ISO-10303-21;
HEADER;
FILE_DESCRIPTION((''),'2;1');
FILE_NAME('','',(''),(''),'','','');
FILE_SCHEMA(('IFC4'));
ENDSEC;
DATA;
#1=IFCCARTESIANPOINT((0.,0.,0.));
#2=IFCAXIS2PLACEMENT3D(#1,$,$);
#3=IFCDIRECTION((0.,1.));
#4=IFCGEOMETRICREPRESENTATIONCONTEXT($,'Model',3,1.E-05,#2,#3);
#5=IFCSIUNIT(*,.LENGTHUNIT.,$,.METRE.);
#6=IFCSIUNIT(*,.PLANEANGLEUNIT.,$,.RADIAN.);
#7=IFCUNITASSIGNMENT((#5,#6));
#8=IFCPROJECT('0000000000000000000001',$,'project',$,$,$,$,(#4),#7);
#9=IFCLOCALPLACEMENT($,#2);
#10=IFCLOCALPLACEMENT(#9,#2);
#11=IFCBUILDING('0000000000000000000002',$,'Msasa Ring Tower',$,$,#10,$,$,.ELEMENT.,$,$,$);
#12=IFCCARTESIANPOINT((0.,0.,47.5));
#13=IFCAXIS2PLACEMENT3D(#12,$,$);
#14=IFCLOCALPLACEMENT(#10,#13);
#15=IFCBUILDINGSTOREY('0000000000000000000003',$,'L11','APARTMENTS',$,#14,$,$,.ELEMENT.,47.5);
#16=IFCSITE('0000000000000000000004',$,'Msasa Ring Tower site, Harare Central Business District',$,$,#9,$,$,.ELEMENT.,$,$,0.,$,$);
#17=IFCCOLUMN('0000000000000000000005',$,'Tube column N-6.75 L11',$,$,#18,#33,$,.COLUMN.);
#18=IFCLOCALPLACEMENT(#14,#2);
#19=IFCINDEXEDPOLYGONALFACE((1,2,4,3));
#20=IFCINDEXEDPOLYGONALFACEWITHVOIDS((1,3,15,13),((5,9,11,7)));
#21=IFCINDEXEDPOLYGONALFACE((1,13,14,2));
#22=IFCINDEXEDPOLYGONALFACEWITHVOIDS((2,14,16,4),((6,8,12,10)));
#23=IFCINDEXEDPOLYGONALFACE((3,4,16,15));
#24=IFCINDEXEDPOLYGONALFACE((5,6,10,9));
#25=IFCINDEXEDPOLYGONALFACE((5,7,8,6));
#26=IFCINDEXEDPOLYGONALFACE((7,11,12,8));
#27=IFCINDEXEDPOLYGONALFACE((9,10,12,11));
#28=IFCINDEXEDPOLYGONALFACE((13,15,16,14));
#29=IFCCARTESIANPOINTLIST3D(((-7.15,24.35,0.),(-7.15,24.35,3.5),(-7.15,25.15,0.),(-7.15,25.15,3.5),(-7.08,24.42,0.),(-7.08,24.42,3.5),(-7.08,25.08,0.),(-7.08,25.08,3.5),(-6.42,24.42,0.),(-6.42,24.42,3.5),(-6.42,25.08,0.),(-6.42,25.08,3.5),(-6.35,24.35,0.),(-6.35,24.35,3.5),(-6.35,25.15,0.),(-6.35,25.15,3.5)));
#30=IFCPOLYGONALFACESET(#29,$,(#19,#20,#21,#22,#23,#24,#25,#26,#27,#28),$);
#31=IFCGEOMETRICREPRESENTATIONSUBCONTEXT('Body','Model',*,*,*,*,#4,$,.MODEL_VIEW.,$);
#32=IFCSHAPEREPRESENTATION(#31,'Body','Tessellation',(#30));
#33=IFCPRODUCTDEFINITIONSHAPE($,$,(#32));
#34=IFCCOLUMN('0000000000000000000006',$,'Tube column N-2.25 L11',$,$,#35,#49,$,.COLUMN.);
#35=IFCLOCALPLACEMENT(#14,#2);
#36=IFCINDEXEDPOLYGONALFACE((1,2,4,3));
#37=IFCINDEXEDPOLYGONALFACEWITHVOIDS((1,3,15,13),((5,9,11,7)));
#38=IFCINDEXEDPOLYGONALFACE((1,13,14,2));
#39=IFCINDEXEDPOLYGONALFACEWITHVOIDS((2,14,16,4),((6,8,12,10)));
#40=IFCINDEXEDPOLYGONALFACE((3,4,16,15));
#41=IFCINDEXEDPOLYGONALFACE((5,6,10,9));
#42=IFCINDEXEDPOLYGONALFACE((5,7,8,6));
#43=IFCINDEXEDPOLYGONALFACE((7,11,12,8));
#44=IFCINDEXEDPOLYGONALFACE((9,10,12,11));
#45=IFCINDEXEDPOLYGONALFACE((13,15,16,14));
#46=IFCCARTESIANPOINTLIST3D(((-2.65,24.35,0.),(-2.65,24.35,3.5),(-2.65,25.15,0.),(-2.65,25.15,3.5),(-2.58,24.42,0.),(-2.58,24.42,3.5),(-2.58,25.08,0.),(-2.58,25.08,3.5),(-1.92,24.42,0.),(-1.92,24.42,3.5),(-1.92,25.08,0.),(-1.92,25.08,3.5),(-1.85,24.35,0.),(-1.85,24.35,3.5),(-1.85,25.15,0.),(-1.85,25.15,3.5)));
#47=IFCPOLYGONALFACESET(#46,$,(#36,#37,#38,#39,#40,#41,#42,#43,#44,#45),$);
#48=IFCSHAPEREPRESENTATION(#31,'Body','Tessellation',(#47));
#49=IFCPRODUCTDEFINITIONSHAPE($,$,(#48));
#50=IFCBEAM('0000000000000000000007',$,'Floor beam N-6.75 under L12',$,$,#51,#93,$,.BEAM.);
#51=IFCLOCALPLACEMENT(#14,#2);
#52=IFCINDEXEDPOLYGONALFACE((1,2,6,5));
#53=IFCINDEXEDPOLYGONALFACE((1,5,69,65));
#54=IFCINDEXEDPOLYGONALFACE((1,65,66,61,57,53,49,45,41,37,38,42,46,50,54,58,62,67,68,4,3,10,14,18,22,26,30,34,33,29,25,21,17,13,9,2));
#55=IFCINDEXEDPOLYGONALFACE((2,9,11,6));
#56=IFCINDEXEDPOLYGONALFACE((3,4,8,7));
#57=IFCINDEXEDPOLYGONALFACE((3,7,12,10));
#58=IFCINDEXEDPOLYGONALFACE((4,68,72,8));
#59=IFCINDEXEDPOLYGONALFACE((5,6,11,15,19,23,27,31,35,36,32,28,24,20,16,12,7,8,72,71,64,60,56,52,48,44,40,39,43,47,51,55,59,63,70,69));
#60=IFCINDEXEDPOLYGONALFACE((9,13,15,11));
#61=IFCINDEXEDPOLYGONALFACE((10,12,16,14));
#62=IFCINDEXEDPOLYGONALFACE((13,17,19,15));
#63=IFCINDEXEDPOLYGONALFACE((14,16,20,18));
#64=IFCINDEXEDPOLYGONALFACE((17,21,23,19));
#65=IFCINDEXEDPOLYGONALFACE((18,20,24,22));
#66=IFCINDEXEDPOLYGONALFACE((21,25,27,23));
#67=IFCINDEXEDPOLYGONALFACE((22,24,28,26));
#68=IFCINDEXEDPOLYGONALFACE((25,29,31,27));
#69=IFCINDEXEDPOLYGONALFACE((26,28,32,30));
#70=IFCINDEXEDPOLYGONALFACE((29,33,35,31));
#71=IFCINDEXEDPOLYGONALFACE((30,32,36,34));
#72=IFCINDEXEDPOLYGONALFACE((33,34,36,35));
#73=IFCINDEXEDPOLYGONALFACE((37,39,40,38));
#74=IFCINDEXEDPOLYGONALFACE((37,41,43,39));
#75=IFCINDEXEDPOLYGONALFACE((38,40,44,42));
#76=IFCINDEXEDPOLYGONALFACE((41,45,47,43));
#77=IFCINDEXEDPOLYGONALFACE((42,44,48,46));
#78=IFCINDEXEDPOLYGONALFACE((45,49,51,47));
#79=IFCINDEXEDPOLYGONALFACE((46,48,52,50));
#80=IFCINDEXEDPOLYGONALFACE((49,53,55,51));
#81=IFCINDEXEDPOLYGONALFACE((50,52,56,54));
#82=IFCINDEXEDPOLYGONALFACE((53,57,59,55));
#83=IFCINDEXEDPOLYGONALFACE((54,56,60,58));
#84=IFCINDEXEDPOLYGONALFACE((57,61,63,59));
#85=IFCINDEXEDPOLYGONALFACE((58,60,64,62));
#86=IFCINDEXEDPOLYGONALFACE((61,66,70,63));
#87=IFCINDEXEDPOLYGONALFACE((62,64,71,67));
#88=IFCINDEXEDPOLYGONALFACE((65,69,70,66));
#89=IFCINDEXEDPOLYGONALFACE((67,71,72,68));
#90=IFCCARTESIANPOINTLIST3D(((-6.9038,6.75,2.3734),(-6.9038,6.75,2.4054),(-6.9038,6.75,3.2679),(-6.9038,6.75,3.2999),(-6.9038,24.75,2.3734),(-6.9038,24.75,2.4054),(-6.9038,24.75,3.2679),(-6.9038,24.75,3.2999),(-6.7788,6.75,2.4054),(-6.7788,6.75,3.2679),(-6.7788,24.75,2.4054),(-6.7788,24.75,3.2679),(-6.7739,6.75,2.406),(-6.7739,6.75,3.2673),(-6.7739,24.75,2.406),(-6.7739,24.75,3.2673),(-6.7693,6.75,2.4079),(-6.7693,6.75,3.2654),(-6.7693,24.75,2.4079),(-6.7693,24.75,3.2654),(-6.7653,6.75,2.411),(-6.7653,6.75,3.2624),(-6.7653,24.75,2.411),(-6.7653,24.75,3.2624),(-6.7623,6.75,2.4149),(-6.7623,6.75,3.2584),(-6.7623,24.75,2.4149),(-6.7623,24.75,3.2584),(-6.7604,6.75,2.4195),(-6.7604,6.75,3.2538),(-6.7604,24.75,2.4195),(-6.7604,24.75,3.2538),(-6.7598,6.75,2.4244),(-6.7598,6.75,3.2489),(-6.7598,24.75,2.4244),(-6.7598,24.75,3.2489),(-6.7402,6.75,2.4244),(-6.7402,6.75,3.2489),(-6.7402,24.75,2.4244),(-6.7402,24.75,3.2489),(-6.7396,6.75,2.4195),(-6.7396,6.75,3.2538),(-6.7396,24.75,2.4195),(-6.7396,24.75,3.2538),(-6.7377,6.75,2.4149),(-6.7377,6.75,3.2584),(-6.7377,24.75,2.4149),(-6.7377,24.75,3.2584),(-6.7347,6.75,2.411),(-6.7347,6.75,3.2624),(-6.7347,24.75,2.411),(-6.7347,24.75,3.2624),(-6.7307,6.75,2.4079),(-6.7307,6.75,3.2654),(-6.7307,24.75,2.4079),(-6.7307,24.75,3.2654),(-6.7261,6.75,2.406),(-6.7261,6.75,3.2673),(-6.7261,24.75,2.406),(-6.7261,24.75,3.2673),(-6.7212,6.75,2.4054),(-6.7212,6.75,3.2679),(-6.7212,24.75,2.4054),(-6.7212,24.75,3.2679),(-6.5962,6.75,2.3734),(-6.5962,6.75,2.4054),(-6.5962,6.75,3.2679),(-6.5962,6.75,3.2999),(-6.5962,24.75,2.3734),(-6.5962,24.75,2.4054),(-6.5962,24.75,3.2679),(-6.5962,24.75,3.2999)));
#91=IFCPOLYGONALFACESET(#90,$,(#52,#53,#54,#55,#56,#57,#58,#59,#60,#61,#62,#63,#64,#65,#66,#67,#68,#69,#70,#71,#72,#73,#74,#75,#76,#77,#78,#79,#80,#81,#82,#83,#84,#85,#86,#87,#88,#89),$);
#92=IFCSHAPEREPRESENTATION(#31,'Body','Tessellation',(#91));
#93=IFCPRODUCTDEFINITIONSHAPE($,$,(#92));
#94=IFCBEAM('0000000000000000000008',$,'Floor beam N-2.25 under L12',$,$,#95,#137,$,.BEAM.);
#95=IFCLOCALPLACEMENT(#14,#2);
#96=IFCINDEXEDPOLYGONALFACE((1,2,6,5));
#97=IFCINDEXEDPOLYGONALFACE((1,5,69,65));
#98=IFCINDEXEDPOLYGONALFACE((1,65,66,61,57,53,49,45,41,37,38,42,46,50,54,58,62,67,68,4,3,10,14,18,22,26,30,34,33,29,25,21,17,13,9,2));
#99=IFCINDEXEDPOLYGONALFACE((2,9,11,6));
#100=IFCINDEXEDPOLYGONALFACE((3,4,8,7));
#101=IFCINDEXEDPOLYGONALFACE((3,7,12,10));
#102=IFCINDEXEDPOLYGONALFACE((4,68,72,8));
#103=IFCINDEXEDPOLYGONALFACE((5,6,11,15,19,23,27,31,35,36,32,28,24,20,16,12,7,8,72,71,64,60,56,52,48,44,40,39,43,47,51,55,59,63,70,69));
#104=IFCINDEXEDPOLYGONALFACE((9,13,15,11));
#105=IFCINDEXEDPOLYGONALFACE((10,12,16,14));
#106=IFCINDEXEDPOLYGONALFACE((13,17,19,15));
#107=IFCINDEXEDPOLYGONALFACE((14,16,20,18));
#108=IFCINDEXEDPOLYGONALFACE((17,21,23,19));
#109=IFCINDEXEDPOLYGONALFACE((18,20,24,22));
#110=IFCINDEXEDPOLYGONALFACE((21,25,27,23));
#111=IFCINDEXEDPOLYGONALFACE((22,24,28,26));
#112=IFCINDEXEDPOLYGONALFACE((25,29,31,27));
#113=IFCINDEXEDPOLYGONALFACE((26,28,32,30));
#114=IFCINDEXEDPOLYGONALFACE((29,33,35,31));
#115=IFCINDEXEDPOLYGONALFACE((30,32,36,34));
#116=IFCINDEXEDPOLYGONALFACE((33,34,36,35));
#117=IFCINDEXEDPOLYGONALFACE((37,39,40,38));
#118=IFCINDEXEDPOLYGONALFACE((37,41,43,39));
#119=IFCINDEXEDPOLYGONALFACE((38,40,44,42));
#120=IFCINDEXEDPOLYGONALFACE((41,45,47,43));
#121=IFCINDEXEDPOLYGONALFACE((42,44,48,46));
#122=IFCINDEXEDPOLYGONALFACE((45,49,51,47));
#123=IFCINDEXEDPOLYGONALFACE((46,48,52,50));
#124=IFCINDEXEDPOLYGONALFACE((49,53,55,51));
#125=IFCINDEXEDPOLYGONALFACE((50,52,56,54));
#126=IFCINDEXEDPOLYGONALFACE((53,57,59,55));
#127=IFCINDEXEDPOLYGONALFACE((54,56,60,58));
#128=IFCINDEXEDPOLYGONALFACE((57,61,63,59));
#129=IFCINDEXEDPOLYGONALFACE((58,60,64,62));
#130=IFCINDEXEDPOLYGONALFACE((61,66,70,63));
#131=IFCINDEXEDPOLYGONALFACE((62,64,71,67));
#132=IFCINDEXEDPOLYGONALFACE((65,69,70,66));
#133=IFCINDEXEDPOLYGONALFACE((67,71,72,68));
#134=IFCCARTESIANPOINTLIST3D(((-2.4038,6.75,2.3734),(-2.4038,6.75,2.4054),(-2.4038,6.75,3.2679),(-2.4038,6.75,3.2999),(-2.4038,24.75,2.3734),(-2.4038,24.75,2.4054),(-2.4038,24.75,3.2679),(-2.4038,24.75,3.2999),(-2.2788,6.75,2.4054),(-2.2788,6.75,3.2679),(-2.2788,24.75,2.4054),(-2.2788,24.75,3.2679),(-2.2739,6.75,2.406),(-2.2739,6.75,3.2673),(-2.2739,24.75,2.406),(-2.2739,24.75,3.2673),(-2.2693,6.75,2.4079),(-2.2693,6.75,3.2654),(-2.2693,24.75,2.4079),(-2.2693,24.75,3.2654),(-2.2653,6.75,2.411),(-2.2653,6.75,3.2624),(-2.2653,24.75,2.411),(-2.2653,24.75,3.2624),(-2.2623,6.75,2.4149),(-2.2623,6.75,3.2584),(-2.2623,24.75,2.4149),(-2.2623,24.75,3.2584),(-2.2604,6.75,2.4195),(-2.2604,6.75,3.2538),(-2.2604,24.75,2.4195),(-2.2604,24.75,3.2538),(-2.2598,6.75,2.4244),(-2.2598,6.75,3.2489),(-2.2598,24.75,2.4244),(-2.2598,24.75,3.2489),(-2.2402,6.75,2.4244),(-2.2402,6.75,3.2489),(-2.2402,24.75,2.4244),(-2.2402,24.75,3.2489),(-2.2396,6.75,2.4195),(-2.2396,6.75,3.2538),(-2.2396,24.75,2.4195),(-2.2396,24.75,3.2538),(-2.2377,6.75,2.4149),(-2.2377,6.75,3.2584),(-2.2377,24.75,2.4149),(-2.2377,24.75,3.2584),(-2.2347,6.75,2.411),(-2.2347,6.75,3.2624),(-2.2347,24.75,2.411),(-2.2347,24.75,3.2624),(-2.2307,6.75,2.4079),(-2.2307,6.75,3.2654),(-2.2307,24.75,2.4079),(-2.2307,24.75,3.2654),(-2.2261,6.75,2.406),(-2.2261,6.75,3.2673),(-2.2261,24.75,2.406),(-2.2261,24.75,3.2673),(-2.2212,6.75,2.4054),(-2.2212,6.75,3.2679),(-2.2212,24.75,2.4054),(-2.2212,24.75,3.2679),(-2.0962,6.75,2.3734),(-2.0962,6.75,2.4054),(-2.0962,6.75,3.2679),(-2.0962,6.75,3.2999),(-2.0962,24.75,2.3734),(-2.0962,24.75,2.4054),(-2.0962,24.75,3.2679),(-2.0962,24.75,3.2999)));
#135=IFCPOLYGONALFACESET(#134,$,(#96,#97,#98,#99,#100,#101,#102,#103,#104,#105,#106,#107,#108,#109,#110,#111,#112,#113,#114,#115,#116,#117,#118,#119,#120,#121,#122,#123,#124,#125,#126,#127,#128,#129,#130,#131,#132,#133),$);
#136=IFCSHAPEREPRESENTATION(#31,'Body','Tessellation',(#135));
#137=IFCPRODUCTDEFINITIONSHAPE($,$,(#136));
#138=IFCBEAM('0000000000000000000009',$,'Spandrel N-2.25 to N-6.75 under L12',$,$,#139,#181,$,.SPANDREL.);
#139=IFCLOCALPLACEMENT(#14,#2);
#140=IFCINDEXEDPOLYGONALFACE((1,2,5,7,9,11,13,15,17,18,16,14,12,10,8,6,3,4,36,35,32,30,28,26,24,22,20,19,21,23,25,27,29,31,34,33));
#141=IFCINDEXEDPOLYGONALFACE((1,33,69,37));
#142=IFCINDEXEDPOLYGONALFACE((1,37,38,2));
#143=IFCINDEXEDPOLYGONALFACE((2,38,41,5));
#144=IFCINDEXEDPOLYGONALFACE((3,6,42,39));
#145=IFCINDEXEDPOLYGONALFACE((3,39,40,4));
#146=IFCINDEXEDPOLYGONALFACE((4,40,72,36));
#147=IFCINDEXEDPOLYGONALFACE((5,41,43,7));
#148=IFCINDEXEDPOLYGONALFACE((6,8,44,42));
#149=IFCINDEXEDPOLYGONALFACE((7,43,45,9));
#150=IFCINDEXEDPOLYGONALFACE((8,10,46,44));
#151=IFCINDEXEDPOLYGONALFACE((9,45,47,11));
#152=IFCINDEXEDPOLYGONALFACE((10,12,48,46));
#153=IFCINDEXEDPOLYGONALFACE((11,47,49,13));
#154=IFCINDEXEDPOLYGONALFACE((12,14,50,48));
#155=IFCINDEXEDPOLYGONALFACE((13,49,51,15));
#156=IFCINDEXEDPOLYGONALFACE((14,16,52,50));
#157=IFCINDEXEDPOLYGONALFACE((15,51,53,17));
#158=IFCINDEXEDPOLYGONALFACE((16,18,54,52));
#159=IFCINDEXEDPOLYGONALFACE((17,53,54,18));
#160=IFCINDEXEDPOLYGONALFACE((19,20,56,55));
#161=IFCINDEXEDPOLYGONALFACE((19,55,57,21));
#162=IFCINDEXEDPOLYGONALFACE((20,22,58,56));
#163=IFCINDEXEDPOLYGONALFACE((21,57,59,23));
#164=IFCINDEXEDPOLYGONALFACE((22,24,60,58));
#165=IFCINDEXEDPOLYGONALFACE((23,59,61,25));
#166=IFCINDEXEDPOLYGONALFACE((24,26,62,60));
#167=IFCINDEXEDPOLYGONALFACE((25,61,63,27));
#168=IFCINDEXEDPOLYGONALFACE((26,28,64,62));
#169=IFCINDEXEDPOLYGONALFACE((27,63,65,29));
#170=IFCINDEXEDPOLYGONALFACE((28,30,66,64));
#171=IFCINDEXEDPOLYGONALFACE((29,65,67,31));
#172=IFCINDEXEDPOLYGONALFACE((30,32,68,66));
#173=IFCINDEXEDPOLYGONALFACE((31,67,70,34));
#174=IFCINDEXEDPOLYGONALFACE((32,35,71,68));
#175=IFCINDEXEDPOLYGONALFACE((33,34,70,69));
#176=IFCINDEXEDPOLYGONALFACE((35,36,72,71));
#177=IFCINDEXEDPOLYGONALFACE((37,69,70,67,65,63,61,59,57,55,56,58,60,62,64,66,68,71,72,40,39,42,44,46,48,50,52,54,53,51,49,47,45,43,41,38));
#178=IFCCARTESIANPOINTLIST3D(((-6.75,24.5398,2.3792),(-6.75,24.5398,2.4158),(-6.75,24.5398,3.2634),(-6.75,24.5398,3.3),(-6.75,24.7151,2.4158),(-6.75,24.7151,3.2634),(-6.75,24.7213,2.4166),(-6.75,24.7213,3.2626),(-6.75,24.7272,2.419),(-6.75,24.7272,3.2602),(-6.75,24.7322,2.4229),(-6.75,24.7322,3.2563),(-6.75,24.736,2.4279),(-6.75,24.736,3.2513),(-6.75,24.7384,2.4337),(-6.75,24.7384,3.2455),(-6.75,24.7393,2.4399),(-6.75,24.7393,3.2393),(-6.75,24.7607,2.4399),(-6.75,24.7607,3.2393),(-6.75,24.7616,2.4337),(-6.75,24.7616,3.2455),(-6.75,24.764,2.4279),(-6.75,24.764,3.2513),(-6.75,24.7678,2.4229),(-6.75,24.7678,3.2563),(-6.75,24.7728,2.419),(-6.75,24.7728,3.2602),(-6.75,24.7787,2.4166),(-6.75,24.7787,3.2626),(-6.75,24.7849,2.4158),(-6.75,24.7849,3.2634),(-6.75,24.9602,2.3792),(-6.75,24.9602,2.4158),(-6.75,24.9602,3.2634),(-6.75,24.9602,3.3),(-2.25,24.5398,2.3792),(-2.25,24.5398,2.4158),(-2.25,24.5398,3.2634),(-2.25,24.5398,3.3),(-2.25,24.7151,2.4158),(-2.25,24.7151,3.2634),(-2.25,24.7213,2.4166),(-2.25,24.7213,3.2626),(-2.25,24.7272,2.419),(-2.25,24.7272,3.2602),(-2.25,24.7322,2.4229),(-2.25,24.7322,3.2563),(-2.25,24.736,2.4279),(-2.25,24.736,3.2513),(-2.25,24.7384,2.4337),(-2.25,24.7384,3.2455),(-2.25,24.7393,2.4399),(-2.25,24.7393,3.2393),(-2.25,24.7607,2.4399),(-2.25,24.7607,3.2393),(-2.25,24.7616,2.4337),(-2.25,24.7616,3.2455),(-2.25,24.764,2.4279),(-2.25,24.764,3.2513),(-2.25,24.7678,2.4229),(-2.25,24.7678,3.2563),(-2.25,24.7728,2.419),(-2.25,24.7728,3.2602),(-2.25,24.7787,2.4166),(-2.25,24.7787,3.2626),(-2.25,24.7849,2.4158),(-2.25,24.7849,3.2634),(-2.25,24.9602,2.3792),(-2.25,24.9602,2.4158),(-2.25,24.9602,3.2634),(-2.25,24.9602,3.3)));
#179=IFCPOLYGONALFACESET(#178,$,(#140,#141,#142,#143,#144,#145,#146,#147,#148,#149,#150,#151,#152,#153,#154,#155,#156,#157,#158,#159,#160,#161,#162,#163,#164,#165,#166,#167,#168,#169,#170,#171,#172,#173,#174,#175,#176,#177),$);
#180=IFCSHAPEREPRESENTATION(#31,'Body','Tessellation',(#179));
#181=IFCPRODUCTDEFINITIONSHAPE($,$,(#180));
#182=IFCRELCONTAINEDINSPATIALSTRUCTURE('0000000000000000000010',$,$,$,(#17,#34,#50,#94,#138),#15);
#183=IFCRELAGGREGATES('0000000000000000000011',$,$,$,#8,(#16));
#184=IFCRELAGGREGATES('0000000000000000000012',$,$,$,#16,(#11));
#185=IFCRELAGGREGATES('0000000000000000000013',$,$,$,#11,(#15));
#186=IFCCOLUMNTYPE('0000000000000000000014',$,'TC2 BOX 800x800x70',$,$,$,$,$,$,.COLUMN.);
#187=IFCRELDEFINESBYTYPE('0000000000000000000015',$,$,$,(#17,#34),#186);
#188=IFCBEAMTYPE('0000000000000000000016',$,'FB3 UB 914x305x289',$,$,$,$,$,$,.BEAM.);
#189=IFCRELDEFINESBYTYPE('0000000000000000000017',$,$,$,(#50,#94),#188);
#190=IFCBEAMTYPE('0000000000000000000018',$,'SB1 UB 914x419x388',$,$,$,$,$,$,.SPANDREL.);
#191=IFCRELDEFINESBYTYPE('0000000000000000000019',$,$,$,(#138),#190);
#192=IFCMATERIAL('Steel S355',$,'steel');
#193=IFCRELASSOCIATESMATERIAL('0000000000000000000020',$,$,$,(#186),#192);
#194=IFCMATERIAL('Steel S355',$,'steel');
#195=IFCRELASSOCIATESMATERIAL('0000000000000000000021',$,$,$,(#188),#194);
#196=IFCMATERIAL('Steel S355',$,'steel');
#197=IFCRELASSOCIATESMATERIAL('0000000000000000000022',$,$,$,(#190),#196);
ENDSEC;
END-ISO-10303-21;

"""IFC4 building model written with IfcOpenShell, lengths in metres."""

from ifc_helpers import new_model, si_unit, direction, frame, origin, origin_2d, place, context, subcontext, project, spatial, hollow_rectangle, i_section, extrude, material, material_profile, profile_set, type_object, element, save


model = new_model("IFC4")

# Units and contexts
model_context = context("Model", 3, precision=1e-05, world=origin(), true_north=direction((0.0, 1.0)))
body_context = subcontext(model_context, "Body", "Model", "MODEL_VIEW")
ifc_project = project(units=[si_unit("LENGTHUNIT", "METRE"), si_unit("PLANEANGLEUNIT", "RADIAN")], contexts=[model_context])

# Site, building, storey
site_placement = place(None, origin())
site = spatial("IfcSite", under=ifc_project, at=site_placement, Name="Msasa Ring Tower site, Harare Central Business District", CompositionType="ELEMENT", RefElevation=0.0)
building_placement = place(site_placement, origin())
building = spatial("IfcBuilding", under=site, at=building_placement, Name="Msasa Ring Tower", CompositionType="ELEMENT")
storey_placement = place(building_placement, frame((0.0, 0.0, 47.5)))
storey = spatial("IfcBuildingStorey", under=building, at=storey_placement, Name="L11", Description="APARTMENTS", CompositionType="ELEMENT", Elevation=47.5)

# Columns
ifc_material_1 = material(Name="Steel S355", Category="steel")
ifc_material_profile_1 = material_profile(ifc_material_1, hollow_rectangle(XDim=0.8, YDim=0.8, WallThickness=0.0701, at=origin_2d()), Name="BOX 800x800x70")
ifc_profile_set_1 = profile_set([ifc_material_profile_1], Name="Steel S355")
column_type = type_object("IfcColumnType", Name="TC2 BOX 800x800x70", PredefinedType="COLUMN", material=ifc_profile_set_1)
for number, where, z_axis, x_axis, name in (
    (1, (-6.75, 24.75, 0.0), (0.0, 0.0, 1.0), (0.0, 1.0, 0.0), "Tube column N-6.75 L11"),
    (2, (-2.25, 24.75, 0.0), (0.0, 0.0, 1.0), (0.0, 1.0, 0.0), "Tube column N-2.25 L11"),
):
    element("IfcColumn", number, at=place(storey_placement, frame(where, z_axis=z_axis, x_axis=x_axis)), inside=storey, type_object=column_type, Name=name, PredefinedType="COLUMN", context=body_context, shape_type="SweptSolid", body=[
        extrude(hollow_rectangle(XDim=0.8, YDim=0.8, WallThickness=0.0701, at=origin_2d()), origin(), (0.0, 0.0, 1.0), 3.5),
    ])

# Beams
ifc_material_2 = material(Name="Steel S355", Category="steel")
ifc_material_profile_2 = material_profile(ifc_material_2, i_section(OverallWidth=0.3076, OverallDepth=0.9265, WebThickness=0.0195, FlangeThickness=0.032, FilletRadius=0.019, at=origin_2d()), Name="UB 914x305x289")
ifc_profile_set_2 = profile_set([ifc_material_profile_2], Name="Steel S355")
beam_type_1 = type_object("IfcBeamType", Name="FB3 UB 914x305x289", PredefinedType="BEAM", material=ifc_profile_set_2)
for number, where, z_axis, x_axis, name in (
    (3, (-6.75, 24.75, 2.8367), (0.0, -1.0, 0.0), (1.0, 0.0, 0.0), "Floor beam N-6.75 under L12"),
    (4, (-2.25, 24.75, 2.8367), (0.0, -1.0, 0.0), (1.0, 0.0, 0.0), "Floor beam N-2.25 under L12"),
):
    element("IfcBeam", number, at=place(storey_placement, frame(where, z_axis=z_axis, x_axis=x_axis)), inside=storey, type_object=beam_type_1, Name=name, PredefinedType="BEAM", context=body_context, shape_type="SweptSolid", body=[
        extrude(i_section(OverallWidth=0.3076, OverallDepth=0.9265, WebThickness=0.0195, FlangeThickness=0.032, FilletRadius=0.019, at=origin_2d()), origin(), (0.0, 0.0, 1.0), 18.0),
    ])
ifc_material_3 = material(Name="Steel S355", Category="steel")
ifc_material_profile_3 = material_profile(ifc_material_3, i_section(OverallWidth=0.4204, OverallDepth=0.9209, WebThickness=0.0215, FlangeThickness=0.0366, FilletRadius=0.0242, at=origin_2d()), Name="UB 914x419x388")
ifc_profile_set_3 = profile_set([ifc_material_profile_3], Name="Steel S355")
beam_type_2 = type_object("IfcBeamType", Name="SB1 UB 914x419x388", PredefinedType="SPANDREL", material=ifc_profile_set_3)
for number, where, z_axis, x_axis, name in (
    (5, (-2.25, 24.75, 2.8396), (-1.0, 0.0, 0.0), (0.0, -1.0, 0.0), "Spandrel N-2.25 to N-6.75 under L12"),
):
    element("IfcBeam", number, at=place(storey_placement, frame(where, z_axis=z_axis, x_axis=x_axis)), inside=storey, type_object=beam_type_2, Name=name, PredefinedType="SPANDREL", context=body_context, shape_type="SweptSolid", body=[
        extrude(i_section(OverallWidth=0.4204, OverallDepth=0.9209, WebThickness=0.0215, FlangeThickness=0.0366, FilletRadius=0.0242, at=origin_2d()), origin(), (0.0, 0.0, 1.0), 4.5),
    ])

save(model, "model.ifc")
